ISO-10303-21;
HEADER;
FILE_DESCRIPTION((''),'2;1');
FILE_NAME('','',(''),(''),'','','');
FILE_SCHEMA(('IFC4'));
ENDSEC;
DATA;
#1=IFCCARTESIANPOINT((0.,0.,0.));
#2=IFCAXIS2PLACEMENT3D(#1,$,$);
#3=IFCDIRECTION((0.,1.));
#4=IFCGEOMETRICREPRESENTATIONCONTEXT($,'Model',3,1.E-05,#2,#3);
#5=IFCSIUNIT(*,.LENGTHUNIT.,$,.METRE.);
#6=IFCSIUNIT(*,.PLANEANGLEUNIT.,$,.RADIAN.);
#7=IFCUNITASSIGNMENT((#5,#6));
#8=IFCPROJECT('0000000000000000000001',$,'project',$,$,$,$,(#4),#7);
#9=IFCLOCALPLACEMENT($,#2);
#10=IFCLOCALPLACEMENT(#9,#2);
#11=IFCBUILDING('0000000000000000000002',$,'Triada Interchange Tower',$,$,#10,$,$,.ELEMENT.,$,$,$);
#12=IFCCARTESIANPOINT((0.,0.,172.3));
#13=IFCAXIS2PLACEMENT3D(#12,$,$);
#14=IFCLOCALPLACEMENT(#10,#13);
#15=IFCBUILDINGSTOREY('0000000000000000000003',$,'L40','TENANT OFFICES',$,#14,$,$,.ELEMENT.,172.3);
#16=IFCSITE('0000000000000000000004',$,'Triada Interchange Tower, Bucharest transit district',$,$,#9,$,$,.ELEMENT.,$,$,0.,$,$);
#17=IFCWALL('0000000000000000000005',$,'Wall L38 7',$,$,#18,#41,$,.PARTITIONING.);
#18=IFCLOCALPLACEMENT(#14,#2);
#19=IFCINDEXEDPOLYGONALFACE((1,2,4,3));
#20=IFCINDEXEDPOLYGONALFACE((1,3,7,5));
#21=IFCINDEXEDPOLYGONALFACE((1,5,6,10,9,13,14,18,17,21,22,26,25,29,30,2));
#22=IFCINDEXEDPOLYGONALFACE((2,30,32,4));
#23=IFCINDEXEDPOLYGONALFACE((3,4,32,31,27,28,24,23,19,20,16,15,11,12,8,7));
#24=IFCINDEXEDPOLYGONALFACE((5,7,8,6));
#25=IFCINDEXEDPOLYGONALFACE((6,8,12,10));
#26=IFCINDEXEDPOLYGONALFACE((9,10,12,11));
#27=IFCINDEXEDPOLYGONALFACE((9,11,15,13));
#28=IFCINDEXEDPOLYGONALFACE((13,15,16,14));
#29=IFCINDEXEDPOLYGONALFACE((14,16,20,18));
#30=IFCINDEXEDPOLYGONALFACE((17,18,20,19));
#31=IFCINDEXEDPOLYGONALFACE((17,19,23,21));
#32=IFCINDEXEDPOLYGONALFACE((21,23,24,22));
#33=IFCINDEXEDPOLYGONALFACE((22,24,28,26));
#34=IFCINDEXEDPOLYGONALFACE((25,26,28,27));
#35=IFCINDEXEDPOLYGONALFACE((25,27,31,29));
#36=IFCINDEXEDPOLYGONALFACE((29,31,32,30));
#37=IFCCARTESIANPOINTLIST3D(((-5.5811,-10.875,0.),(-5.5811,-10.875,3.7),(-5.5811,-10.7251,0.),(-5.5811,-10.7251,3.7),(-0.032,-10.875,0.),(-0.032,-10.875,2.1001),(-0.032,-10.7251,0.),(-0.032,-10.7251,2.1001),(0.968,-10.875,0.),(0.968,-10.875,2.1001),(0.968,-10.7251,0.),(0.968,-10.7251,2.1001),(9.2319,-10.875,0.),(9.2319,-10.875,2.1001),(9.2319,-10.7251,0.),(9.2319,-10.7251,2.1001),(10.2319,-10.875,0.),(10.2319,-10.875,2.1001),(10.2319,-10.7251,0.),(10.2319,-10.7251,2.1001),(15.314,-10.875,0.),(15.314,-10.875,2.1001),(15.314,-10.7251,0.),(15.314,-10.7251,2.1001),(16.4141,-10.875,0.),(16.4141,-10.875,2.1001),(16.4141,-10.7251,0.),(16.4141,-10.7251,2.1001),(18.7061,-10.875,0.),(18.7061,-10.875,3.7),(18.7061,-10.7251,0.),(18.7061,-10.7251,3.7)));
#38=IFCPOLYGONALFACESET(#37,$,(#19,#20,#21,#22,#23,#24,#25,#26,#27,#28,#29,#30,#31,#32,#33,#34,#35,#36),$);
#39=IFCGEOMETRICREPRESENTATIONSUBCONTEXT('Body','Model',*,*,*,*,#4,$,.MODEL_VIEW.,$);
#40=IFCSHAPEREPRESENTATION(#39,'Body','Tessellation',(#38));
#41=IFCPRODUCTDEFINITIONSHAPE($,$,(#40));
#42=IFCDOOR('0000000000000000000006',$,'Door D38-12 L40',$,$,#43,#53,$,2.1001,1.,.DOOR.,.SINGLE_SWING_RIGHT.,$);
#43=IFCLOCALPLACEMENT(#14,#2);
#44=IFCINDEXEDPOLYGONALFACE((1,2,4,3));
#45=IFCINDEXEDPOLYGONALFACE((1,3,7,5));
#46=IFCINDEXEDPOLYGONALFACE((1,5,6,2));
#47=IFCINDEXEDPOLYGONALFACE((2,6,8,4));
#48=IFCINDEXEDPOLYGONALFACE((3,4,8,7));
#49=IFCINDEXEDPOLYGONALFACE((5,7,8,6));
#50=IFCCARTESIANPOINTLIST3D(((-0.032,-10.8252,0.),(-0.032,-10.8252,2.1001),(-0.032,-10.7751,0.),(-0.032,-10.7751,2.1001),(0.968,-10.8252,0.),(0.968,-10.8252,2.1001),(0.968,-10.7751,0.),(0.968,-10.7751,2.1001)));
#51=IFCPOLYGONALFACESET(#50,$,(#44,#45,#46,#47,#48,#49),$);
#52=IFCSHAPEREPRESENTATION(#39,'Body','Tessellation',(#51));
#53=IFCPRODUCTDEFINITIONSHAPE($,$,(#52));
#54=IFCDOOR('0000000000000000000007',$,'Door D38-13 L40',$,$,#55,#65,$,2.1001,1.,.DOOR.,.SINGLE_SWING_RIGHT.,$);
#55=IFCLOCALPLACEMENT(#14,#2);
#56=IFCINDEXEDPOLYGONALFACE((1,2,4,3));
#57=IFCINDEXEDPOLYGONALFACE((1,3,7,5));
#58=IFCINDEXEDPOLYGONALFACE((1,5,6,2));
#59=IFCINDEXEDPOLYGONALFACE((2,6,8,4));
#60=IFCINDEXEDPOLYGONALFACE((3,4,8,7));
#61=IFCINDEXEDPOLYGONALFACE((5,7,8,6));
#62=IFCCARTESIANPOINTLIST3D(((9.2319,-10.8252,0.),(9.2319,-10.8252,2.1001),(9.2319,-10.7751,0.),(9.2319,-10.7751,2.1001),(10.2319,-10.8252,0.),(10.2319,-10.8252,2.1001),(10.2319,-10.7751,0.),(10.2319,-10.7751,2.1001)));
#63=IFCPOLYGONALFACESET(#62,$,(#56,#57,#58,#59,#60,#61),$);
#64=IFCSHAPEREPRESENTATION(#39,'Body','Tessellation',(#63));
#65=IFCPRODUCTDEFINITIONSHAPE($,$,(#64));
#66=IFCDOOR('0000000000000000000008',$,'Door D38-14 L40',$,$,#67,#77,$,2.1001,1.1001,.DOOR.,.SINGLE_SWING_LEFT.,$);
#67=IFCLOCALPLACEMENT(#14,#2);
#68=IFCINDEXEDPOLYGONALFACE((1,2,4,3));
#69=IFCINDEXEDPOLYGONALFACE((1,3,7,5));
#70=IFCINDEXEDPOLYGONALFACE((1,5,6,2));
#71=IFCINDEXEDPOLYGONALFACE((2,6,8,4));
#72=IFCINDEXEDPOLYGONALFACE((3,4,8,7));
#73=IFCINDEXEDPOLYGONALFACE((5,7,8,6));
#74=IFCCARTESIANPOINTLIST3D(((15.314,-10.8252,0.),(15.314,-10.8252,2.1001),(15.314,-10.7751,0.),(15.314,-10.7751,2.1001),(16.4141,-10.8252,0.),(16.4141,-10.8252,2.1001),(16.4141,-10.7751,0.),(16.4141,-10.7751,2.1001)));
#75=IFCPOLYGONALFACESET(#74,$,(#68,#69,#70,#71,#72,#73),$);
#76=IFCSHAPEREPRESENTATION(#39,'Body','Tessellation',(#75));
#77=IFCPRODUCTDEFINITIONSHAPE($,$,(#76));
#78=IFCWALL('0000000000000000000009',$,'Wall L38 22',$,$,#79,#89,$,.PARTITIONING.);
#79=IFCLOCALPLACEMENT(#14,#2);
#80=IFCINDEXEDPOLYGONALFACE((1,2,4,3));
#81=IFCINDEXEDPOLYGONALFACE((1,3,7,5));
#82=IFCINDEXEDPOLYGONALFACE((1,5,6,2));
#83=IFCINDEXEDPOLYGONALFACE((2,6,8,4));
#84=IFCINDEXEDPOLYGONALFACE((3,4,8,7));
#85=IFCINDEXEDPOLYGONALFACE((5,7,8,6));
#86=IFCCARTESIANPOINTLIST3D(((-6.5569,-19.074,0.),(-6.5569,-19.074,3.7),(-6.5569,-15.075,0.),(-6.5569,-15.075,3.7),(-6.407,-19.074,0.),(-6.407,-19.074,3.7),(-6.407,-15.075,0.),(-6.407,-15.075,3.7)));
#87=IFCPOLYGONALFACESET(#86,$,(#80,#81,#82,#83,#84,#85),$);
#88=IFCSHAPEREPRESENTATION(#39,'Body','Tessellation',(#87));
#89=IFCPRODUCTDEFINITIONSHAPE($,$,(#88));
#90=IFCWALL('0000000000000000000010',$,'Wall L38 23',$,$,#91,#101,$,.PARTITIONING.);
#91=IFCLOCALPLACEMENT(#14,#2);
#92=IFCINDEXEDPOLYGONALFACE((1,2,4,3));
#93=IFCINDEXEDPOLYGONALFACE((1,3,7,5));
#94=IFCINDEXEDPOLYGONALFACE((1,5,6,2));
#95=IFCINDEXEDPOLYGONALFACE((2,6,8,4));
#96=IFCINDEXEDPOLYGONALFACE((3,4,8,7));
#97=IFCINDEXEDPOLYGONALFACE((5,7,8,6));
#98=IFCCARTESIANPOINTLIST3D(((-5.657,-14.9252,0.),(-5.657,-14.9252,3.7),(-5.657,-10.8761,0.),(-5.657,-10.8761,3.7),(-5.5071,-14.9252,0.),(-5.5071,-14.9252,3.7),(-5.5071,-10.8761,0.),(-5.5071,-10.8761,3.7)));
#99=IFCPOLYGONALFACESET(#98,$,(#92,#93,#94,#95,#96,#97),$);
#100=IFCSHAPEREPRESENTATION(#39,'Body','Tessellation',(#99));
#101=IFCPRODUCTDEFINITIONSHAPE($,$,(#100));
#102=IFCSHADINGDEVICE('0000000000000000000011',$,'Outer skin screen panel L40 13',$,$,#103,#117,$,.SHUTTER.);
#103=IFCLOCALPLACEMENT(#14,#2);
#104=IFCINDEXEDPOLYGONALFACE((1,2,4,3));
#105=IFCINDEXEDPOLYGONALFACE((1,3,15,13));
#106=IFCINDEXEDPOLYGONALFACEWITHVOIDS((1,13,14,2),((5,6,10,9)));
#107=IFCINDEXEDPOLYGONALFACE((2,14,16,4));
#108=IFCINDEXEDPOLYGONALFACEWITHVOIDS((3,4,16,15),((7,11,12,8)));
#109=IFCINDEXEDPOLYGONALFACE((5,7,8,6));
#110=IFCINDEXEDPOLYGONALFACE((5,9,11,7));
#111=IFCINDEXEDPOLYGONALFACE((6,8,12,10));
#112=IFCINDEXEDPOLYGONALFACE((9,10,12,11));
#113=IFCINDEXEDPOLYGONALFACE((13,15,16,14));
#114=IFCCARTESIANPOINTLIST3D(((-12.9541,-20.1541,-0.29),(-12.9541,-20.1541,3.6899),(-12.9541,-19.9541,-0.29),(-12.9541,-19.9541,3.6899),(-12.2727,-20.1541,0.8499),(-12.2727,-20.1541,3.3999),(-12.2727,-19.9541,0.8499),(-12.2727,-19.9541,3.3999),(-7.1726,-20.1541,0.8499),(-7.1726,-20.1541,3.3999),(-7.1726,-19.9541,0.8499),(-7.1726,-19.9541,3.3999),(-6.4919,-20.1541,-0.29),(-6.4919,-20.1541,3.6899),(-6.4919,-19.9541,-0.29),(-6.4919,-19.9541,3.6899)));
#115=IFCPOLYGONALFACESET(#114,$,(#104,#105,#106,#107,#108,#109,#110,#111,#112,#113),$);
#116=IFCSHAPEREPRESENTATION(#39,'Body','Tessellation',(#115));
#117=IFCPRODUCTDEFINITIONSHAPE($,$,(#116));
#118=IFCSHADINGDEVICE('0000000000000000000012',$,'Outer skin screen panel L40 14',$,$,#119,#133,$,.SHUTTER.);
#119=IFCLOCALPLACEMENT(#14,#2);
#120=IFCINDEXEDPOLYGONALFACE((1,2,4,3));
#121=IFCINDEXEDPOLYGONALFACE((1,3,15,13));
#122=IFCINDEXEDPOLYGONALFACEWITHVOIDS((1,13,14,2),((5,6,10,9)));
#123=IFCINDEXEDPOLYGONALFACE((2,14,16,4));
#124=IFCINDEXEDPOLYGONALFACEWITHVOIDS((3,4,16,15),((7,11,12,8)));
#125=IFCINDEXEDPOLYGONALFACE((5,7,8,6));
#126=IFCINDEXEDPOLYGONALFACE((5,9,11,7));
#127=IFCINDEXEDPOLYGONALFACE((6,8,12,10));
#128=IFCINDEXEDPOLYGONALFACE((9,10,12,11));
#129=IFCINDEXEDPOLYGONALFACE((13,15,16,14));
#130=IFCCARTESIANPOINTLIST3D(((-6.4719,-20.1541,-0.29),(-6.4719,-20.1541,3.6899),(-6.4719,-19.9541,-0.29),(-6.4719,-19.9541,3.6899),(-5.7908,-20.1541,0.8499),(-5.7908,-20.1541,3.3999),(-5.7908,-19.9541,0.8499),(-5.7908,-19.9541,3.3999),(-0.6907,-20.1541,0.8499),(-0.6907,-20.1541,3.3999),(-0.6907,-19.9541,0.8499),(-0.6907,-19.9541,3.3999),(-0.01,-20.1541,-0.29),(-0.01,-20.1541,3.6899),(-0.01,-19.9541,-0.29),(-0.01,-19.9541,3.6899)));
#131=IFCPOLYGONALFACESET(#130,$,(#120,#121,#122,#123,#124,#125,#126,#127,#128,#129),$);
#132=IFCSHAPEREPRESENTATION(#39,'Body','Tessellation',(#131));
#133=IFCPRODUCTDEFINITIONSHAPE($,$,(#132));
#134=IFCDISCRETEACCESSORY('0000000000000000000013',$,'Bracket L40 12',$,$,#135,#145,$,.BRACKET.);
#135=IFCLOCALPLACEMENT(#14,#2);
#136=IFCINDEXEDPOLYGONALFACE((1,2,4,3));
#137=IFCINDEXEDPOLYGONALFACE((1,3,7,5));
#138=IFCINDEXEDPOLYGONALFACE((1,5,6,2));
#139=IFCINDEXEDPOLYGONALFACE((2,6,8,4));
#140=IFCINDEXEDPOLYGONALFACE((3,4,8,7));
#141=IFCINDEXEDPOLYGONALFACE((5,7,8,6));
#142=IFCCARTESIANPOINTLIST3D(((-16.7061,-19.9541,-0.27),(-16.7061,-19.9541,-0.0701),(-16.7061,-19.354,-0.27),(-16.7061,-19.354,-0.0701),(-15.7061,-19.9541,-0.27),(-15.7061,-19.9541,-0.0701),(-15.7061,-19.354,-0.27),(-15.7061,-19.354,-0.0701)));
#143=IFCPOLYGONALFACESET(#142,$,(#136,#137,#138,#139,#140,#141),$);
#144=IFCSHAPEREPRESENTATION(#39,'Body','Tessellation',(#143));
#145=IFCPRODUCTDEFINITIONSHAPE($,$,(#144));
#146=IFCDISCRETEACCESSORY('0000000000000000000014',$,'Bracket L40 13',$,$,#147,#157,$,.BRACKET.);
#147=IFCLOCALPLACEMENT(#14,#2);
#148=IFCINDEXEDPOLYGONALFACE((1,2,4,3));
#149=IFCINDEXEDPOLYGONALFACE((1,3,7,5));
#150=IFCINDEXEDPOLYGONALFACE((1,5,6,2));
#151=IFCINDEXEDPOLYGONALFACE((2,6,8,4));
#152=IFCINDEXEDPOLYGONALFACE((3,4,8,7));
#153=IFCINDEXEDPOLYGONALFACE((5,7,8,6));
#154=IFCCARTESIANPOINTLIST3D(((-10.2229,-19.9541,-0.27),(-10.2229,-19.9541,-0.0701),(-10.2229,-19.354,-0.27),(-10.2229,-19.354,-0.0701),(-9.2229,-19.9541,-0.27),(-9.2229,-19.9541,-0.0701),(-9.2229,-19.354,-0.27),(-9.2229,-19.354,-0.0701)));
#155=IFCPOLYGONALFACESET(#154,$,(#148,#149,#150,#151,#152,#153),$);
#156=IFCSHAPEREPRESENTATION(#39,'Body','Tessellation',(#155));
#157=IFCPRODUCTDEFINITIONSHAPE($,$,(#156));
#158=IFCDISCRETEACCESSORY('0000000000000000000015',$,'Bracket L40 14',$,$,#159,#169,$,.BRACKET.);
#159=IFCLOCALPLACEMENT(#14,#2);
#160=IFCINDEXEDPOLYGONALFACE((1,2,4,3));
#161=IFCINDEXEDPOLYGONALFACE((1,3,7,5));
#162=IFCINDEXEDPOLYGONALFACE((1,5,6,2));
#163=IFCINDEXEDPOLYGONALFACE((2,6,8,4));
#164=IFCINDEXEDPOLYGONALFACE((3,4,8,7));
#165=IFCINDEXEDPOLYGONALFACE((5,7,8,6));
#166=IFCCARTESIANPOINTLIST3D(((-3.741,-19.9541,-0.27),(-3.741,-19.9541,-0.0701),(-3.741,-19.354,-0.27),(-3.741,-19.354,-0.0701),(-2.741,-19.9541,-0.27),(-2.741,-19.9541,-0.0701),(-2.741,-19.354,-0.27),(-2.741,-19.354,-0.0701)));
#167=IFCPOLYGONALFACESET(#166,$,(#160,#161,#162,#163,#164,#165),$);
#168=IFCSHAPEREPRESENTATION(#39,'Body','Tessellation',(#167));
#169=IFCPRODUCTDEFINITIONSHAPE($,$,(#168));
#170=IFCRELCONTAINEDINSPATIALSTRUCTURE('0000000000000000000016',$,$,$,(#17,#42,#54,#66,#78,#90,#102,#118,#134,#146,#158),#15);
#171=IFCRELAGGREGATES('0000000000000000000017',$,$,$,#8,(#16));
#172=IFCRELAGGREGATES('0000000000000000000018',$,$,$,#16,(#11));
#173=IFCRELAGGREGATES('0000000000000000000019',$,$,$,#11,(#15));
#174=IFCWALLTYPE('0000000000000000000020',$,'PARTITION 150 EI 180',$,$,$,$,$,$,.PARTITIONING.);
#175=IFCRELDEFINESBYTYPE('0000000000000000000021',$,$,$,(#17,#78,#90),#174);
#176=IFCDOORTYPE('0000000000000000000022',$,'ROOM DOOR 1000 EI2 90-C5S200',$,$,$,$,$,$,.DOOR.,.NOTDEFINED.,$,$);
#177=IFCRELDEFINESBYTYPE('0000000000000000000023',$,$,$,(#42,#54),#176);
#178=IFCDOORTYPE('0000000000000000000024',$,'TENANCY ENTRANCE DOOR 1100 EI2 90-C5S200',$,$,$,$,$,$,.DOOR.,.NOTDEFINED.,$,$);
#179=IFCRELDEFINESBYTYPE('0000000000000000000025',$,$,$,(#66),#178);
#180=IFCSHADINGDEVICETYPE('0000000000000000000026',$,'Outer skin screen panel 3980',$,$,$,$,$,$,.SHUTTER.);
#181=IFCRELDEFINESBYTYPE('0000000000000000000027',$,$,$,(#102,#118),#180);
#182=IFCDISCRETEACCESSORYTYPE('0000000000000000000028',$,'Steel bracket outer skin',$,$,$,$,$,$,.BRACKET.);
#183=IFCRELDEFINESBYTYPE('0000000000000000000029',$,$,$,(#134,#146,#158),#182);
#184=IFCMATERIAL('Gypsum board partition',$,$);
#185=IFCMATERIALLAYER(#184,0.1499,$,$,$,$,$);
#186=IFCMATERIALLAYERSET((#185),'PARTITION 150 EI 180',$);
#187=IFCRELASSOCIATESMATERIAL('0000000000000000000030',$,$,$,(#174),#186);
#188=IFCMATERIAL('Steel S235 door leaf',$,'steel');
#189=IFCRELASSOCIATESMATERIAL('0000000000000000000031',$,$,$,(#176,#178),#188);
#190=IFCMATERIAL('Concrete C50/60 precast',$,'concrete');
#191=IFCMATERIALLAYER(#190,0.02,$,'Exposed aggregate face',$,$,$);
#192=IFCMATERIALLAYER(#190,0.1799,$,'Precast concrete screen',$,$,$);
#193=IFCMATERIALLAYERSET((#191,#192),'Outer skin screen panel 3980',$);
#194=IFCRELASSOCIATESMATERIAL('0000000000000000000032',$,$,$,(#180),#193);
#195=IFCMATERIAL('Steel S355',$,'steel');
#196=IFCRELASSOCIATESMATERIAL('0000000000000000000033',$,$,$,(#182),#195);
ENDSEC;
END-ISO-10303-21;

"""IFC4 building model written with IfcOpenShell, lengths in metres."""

from ifc_helpers import new_model, si_unit, direction, frame, frame_2d, origin, origin_2d, place, context, subcontext, project, spatial, polyline, rectangle, outline, extrude, material, layer, layer_set, type_object, element, fill, save


model = new_model("IFC4")

# Units and contexts
model_context = context("Model", 3, precision=1e-05, world=origin(), true_north=direction((0.0, 1.0)))
body_context = subcontext(model_context, "Body", "Model", "MODEL_VIEW")
ifc_project = project(units=[si_unit("LENGTHUNIT", "METRE"), si_unit("PLANEANGLEUNIT", "RADIAN")], contexts=[model_context])

# Site, building, storey
site_placement = place(None, origin())
site = spatial("IfcSite", under=ifc_project, at=site_placement, Name="Triada Interchange Tower, Bucharest transit district", CompositionType="ELEMENT", RefElevation=0.0)
building_placement = place(site_placement, origin())
building = spatial("IfcBuilding", under=site, at=building_placement, Name="Triada Interchange Tower", CompositionType="ELEMENT")
storey_placement = place(building_placement, frame((0.0, 0.0, 172.3)))
storey = spatial("IfcBuildingStorey", under=building, at=storey_placement, Name="L40", Description="TENANT OFFICES", CompositionType="ELEMENT", Elevation=172.3)

# Shared definitions
ifc_material_1 = material(Name="Gypsum board partition")
ifc_layer_1 = layer(ifc_material_1, 0.1499)
ifc_layer_set_1 = layer_set([ifc_layer_1], Name="PARTITION 150 EI 180")
wall_type = type_object("IfcWallType", Name="PARTITION 150 EI 180", PredefinedType="PARTITIONING", material=ifc_layer_set_1)

# Wall, openings, doors
wall_1_placement = place(storey_placement, frame((-5.5811, -10.8, 0.0), z_axis=(0.0, 0.0, 1.0), x_axis=(1.0, 0.0, 0.0)))
wall_1 = element("IfcWall", 1, at=wall_1_placement, inside=storey, type_object=wall_type, Name="Wall L38 7", PredefinedType="PARTITIONING", context=body_context, shape_type="SweptSolid", body=[
    extrude(rectangle(XDim=24.2871, YDim=0.1499, at=frame_2d((12.1436, 0.0))), origin(), (0.0, 0.0, 1.0), 3.7),
])
opening_1_placement = place(wall_1_placement, frame((5.5491, 0.0, 0.0)))
opening_1 = element("IfcOpeningElement", 2, at=opening_1_placement, cuts=wall_1, PredefinedType="OPENING", context=body_context, shape_type="SweptSolid", body=[
    extrude(rectangle(XDim=1.0, YDim=2.1001, at=frame_2d((0.5, 1.05))), frame((0.0, 0.085, 0.0), z_axis=(0.0, -1.0, 0.0), x_axis=(1.0, 0.0, 0.0)), (0.0, 0.0, 1.0), 0.1699),
])
opening_2_placement = place(wall_1_placement, frame((14.813, 0.0, 0.0)))
opening_2 = element("IfcOpeningElement", 3, at=opening_2_placement, cuts=wall_1, PredefinedType="OPENING", context=body_context, shape_type="SweptSolid", body=[
    extrude(rectangle(XDim=1.0, YDim=2.1001, at=frame_2d((0.5, 1.05))), frame((0.0, 0.085, 0.0), z_axis=(0.0, -1.0, 0.0), x_axis=(1.0, 0.0, 0.0)), (0.0, 0.0, 1.0), 0.1699),
])
opening_3_placement = place(wall_1_placement, frame((20.895, 0.0, 0.0)))
opening_3 = element("IfcOpeningElement", 4, at=opening_3_placement, cuts=wall_1, PredefinedType="OPENING", context=body_context, shape_type="SweptSolid", body=[
    extrude(rectangle(XDim=1.1001, YDim=2.1001, at=frame_2d((0.55, 1.05))), frame((0.0, 0.085, 0.0), z_axis=(0.0, -1.0, 0.0), x_axis=(1.0, 0.0, 0.0)), (0.0, 0.0, 1.0), 0.1699),
])
ifc_material_2 = material(Name="Steel S235 door leaf", Category="steel")
door_type_1 = type_object("IfcDoorType", Name="ROOM DOOR 1000 EI2 90-C5S200", OperationType="NOTDEFINED", PredefinedType="DOOR", material=ifc_material_2)
door_1_placement = place(opening_1_placement, origin())
door_1 = element("IfcDoor", 5, at=door_1_placement, inside=storey, type_object=door_type_1, Name="Door D38-12 L40", OperationType="SINGLE_SWING_RIGHT", OverallHeight=2.1001, OverallWidth=1.0, PredefinedType="DOOR", context=body_context, shape_type="SweptSolid", body=[
    extrude(rectangle(XDim=1.0, YDim=2.1001, at=frame_2d((0.5, 1.05))), frame((0.0, 0.0249, 0.0), z_axis=(0.0, -1.0, 0.0), x_axis=(1.0, 0.0, 0.0)), (0.0, 0.0, 1.0), 0.05),
])
fill(opening_1, door_1)
door_2_placement = place(opening_2_placement, origin())
door_2 = element("IfcDoor", 6, at=door_2_placement, inside=storey, type_object=door_type_1, Name="Door D38-13 L40", OperationType="SINGLE_SWING_RIGHT", OverallHeight=2.1001, OverallWidth=1.0, PredefinedType="DOOR", context=body_context, shape_type="SweptSolid", body=[
    extrude(rectangle(XDim=1.0, YDim=2.1001, at=frame_2d((0.5, 1.05))), frame((0.0, 0.0249, 0.0), z_axis=(0.0, -1.0, 0.0), x_axis=(1.0, 0.0, 0.0)), (0.0, 0.0, 1.0), 0.05),
])
fill(opening_2, door_2)
door_type_2 = type_object("IfcDoorType", Name="TENANCY ENTRANCE DOOR 1100 EI2 90-C5S200", OperationType="NOTDEFINED", PredefinedType="DOOR", material=ifc_material_2)
door_3_placement = place(opening_3_placement, origin())
door_3 = element("IfcDoor", 7, at=door_3_placement, inside=storey, type_object=door_type_2, Name="Door D38-14 L40", OperationType="SINGLE_SWING_LEFT", OverallHeight=2.1001, OverallWidth=1.1001, PredefinedType="DOOR", context=body_context, shape_type="SweptSolid", body=[
    extrude(rectangle(XDim=1.1001, YDim=2.1001, at=frame_2d((0.55, 1.05))), frame((0.0, 0.0249, 0.0), z_axis=(0.0, -1.0, 0.0), x_axis=(1.0, 0.0, 0.0)), (0.0, 0.0, 1.0), 0.05),
])
fill(opening_3, door_3)

# Walls
wall_2_placement = place(storey_placement, frame((-6.4819, -19.074, 0.0), z_axis=(0.0, 0.0, 1.0), x_axis=(0.0, 1.0, 0.0)))
element("IfcWall", 8, at=wall_2_placement, inside=storey, type_object=wall_type, Name="Wall L38 22", PredefinedType="PARTITIONING", context=body_context, shape_type="SweptSolid", body=[
    extrude(rectangle(XDim=3.999, YDim=0.1499, at=frame_2d((1.9995, 0.0))), origin(), (0.0, 0.0, 1.0), 3.7),
])
wall_3_placement = place(storey_placement, frame((-5.582, -14.925, 0.0), z_axis=(0.0, 0.0, 1.0), x_axis=(0.0, 1.0, 0.0)))
element("IfcWall", 9, at=wall_3_placement, inside=storey, type_object=wall_type, Name="Wall L38 23", PredefinedType="PARTITIONING", context=body_context, shape_type="SweptSolid", body=[
    extrude(rectangle(XDim=4.0491, YDim=0.1499, at=frame_2d((2.0244, 0.0))), origin(), (0.0, 0.0, 1.0), 3.7),
])

# Shading devices
ifc_material_3 = material(Name="Concrete C50/60 precast", Category="concrete")
ifc_layer_2 = layer(ifc_material_3, 0.02, Name="Exposed aggregate face")
ifc_layer_3 = layer(ifc_material_3, 0.1799, Name="Precast concrete screen")
ifc_layer_set_2 = layer_set([ifc_layer_2, ifc_layer_3], Name="Outer skin screen panel 3980")
shading_device_type = type_object("IfcShadingDeviceType", Name="Outer skin screen panel 3980", PredefinedType="SHUTTER", material=ifc_layer_set_2)
shading_device_1_placement = place(storey_placement, frame((-12.9541, -19.9541, -0.29), z_axis=(0.0, 0.0, 1.0), x_axis=(1.0, 0.0, 0.0)))
element("IfcShadingDevice", 10, at=shading_device_1_placement, inside=storey, type_object=shading_device_type, Name="Outer skin screen panel L40 13", PredefinedType="SHUTTER", context=body_context, shape_type="SweptSolid", body=[
    extrude(outline(polyline([(0.0, 0.0), (6.4622, 0.0), (6.4622, 3.98), (0.0, 3.98), (0.0, 0.0)]), holes=[polyline([(0.6814, 1.1399), (0.6814, 3.6899), (5.7815, 3.6899), (5.7815, 1.1399), (0.6814, 1.1399)])]), frame((0.0, 0.0, 0.0), z_axis=(0.0, -1.0, 0.0), x_axis=(1.0, 0.0, 0.0)), (0.0, 0.0, 1.0), 0.2),
])
shading_device_2_placement = place(storey_placement, frame((-6.4719, -19.9541, -0.29), z_axis=(0.0, 0.0, 1.0), x_axis=(1.0, 0.0, 0.0)))
element("IfcShadingDevice", 11, at=shading_device_2_placement, inside=storey, type_object=shading_device_type, Name="Outer skin screen panel L40 14", PredefinedType="SHUTTER", context=body_context, shape_type="SweptSolid", body=[
    extrude(outline(polyline([(0.0, 0.0), (6.4619, 0.0), (6.4619, 3.98), (0.0, 3.98), (0.0, 0.0)]), holes=[polyline([(0.6812, 1.1399), (0.6812, 3.6899), (5.7812, 3.6899), (5.7812, 1.1399), (0.6812, 1.1399)])]), frame((0.0, 0.0, 0.0), z_axis=(0.0, -1.0, 0.0), x_axis=(1.0, 0.0, 0.0)), (0.0, 0.0, 1.0), 0.2),
])

# Discrete accessories
ifc_material_4 = material(Name="Steel S355", Category="steel")
discrete_accessory_type = type_object("IfcDiscreteAccessoryType", Name="Steel bracket outer skin", PredefinedType="BRACKET", material=ifc_material_4)
for number, where, z_axis, x_axis, name in (
    (12, (-16.2061, -19.6541, -0.27), (0.0, 0.0, 1.0), (0.0, -1.0, 0.0), "Bracket L40 12"),
    (13, (-9.7229, -19.6541, -0.27), (0.0, 0.0, 1.0), (0.0, -1.0, 0.0), "Bracket L40 13"),
    (14, (-3.241, -19.6541, -0.27), (0.0, 0.0, 1.0), (0.0, -1.0, 0.0), "Bracket L40 14"),
):
    element("IfcDiscreteAccessory", number, at=place(storey_placement, frame(where, z_axis=z_axis, x_axis=x_axis)), inside=storey, type_object=discrete_accessory_type, Name=name, PredefinedType="BRACKET", context=body_context, shape_type="SweptSolid", body=[
        extrude(rectangle(XDim=0.6001, YDim=1.0, at=origin_2d()), origin(), (0.0, 0.0, 1.0), 0.2),
    ])

save(model, "model.ifc")
